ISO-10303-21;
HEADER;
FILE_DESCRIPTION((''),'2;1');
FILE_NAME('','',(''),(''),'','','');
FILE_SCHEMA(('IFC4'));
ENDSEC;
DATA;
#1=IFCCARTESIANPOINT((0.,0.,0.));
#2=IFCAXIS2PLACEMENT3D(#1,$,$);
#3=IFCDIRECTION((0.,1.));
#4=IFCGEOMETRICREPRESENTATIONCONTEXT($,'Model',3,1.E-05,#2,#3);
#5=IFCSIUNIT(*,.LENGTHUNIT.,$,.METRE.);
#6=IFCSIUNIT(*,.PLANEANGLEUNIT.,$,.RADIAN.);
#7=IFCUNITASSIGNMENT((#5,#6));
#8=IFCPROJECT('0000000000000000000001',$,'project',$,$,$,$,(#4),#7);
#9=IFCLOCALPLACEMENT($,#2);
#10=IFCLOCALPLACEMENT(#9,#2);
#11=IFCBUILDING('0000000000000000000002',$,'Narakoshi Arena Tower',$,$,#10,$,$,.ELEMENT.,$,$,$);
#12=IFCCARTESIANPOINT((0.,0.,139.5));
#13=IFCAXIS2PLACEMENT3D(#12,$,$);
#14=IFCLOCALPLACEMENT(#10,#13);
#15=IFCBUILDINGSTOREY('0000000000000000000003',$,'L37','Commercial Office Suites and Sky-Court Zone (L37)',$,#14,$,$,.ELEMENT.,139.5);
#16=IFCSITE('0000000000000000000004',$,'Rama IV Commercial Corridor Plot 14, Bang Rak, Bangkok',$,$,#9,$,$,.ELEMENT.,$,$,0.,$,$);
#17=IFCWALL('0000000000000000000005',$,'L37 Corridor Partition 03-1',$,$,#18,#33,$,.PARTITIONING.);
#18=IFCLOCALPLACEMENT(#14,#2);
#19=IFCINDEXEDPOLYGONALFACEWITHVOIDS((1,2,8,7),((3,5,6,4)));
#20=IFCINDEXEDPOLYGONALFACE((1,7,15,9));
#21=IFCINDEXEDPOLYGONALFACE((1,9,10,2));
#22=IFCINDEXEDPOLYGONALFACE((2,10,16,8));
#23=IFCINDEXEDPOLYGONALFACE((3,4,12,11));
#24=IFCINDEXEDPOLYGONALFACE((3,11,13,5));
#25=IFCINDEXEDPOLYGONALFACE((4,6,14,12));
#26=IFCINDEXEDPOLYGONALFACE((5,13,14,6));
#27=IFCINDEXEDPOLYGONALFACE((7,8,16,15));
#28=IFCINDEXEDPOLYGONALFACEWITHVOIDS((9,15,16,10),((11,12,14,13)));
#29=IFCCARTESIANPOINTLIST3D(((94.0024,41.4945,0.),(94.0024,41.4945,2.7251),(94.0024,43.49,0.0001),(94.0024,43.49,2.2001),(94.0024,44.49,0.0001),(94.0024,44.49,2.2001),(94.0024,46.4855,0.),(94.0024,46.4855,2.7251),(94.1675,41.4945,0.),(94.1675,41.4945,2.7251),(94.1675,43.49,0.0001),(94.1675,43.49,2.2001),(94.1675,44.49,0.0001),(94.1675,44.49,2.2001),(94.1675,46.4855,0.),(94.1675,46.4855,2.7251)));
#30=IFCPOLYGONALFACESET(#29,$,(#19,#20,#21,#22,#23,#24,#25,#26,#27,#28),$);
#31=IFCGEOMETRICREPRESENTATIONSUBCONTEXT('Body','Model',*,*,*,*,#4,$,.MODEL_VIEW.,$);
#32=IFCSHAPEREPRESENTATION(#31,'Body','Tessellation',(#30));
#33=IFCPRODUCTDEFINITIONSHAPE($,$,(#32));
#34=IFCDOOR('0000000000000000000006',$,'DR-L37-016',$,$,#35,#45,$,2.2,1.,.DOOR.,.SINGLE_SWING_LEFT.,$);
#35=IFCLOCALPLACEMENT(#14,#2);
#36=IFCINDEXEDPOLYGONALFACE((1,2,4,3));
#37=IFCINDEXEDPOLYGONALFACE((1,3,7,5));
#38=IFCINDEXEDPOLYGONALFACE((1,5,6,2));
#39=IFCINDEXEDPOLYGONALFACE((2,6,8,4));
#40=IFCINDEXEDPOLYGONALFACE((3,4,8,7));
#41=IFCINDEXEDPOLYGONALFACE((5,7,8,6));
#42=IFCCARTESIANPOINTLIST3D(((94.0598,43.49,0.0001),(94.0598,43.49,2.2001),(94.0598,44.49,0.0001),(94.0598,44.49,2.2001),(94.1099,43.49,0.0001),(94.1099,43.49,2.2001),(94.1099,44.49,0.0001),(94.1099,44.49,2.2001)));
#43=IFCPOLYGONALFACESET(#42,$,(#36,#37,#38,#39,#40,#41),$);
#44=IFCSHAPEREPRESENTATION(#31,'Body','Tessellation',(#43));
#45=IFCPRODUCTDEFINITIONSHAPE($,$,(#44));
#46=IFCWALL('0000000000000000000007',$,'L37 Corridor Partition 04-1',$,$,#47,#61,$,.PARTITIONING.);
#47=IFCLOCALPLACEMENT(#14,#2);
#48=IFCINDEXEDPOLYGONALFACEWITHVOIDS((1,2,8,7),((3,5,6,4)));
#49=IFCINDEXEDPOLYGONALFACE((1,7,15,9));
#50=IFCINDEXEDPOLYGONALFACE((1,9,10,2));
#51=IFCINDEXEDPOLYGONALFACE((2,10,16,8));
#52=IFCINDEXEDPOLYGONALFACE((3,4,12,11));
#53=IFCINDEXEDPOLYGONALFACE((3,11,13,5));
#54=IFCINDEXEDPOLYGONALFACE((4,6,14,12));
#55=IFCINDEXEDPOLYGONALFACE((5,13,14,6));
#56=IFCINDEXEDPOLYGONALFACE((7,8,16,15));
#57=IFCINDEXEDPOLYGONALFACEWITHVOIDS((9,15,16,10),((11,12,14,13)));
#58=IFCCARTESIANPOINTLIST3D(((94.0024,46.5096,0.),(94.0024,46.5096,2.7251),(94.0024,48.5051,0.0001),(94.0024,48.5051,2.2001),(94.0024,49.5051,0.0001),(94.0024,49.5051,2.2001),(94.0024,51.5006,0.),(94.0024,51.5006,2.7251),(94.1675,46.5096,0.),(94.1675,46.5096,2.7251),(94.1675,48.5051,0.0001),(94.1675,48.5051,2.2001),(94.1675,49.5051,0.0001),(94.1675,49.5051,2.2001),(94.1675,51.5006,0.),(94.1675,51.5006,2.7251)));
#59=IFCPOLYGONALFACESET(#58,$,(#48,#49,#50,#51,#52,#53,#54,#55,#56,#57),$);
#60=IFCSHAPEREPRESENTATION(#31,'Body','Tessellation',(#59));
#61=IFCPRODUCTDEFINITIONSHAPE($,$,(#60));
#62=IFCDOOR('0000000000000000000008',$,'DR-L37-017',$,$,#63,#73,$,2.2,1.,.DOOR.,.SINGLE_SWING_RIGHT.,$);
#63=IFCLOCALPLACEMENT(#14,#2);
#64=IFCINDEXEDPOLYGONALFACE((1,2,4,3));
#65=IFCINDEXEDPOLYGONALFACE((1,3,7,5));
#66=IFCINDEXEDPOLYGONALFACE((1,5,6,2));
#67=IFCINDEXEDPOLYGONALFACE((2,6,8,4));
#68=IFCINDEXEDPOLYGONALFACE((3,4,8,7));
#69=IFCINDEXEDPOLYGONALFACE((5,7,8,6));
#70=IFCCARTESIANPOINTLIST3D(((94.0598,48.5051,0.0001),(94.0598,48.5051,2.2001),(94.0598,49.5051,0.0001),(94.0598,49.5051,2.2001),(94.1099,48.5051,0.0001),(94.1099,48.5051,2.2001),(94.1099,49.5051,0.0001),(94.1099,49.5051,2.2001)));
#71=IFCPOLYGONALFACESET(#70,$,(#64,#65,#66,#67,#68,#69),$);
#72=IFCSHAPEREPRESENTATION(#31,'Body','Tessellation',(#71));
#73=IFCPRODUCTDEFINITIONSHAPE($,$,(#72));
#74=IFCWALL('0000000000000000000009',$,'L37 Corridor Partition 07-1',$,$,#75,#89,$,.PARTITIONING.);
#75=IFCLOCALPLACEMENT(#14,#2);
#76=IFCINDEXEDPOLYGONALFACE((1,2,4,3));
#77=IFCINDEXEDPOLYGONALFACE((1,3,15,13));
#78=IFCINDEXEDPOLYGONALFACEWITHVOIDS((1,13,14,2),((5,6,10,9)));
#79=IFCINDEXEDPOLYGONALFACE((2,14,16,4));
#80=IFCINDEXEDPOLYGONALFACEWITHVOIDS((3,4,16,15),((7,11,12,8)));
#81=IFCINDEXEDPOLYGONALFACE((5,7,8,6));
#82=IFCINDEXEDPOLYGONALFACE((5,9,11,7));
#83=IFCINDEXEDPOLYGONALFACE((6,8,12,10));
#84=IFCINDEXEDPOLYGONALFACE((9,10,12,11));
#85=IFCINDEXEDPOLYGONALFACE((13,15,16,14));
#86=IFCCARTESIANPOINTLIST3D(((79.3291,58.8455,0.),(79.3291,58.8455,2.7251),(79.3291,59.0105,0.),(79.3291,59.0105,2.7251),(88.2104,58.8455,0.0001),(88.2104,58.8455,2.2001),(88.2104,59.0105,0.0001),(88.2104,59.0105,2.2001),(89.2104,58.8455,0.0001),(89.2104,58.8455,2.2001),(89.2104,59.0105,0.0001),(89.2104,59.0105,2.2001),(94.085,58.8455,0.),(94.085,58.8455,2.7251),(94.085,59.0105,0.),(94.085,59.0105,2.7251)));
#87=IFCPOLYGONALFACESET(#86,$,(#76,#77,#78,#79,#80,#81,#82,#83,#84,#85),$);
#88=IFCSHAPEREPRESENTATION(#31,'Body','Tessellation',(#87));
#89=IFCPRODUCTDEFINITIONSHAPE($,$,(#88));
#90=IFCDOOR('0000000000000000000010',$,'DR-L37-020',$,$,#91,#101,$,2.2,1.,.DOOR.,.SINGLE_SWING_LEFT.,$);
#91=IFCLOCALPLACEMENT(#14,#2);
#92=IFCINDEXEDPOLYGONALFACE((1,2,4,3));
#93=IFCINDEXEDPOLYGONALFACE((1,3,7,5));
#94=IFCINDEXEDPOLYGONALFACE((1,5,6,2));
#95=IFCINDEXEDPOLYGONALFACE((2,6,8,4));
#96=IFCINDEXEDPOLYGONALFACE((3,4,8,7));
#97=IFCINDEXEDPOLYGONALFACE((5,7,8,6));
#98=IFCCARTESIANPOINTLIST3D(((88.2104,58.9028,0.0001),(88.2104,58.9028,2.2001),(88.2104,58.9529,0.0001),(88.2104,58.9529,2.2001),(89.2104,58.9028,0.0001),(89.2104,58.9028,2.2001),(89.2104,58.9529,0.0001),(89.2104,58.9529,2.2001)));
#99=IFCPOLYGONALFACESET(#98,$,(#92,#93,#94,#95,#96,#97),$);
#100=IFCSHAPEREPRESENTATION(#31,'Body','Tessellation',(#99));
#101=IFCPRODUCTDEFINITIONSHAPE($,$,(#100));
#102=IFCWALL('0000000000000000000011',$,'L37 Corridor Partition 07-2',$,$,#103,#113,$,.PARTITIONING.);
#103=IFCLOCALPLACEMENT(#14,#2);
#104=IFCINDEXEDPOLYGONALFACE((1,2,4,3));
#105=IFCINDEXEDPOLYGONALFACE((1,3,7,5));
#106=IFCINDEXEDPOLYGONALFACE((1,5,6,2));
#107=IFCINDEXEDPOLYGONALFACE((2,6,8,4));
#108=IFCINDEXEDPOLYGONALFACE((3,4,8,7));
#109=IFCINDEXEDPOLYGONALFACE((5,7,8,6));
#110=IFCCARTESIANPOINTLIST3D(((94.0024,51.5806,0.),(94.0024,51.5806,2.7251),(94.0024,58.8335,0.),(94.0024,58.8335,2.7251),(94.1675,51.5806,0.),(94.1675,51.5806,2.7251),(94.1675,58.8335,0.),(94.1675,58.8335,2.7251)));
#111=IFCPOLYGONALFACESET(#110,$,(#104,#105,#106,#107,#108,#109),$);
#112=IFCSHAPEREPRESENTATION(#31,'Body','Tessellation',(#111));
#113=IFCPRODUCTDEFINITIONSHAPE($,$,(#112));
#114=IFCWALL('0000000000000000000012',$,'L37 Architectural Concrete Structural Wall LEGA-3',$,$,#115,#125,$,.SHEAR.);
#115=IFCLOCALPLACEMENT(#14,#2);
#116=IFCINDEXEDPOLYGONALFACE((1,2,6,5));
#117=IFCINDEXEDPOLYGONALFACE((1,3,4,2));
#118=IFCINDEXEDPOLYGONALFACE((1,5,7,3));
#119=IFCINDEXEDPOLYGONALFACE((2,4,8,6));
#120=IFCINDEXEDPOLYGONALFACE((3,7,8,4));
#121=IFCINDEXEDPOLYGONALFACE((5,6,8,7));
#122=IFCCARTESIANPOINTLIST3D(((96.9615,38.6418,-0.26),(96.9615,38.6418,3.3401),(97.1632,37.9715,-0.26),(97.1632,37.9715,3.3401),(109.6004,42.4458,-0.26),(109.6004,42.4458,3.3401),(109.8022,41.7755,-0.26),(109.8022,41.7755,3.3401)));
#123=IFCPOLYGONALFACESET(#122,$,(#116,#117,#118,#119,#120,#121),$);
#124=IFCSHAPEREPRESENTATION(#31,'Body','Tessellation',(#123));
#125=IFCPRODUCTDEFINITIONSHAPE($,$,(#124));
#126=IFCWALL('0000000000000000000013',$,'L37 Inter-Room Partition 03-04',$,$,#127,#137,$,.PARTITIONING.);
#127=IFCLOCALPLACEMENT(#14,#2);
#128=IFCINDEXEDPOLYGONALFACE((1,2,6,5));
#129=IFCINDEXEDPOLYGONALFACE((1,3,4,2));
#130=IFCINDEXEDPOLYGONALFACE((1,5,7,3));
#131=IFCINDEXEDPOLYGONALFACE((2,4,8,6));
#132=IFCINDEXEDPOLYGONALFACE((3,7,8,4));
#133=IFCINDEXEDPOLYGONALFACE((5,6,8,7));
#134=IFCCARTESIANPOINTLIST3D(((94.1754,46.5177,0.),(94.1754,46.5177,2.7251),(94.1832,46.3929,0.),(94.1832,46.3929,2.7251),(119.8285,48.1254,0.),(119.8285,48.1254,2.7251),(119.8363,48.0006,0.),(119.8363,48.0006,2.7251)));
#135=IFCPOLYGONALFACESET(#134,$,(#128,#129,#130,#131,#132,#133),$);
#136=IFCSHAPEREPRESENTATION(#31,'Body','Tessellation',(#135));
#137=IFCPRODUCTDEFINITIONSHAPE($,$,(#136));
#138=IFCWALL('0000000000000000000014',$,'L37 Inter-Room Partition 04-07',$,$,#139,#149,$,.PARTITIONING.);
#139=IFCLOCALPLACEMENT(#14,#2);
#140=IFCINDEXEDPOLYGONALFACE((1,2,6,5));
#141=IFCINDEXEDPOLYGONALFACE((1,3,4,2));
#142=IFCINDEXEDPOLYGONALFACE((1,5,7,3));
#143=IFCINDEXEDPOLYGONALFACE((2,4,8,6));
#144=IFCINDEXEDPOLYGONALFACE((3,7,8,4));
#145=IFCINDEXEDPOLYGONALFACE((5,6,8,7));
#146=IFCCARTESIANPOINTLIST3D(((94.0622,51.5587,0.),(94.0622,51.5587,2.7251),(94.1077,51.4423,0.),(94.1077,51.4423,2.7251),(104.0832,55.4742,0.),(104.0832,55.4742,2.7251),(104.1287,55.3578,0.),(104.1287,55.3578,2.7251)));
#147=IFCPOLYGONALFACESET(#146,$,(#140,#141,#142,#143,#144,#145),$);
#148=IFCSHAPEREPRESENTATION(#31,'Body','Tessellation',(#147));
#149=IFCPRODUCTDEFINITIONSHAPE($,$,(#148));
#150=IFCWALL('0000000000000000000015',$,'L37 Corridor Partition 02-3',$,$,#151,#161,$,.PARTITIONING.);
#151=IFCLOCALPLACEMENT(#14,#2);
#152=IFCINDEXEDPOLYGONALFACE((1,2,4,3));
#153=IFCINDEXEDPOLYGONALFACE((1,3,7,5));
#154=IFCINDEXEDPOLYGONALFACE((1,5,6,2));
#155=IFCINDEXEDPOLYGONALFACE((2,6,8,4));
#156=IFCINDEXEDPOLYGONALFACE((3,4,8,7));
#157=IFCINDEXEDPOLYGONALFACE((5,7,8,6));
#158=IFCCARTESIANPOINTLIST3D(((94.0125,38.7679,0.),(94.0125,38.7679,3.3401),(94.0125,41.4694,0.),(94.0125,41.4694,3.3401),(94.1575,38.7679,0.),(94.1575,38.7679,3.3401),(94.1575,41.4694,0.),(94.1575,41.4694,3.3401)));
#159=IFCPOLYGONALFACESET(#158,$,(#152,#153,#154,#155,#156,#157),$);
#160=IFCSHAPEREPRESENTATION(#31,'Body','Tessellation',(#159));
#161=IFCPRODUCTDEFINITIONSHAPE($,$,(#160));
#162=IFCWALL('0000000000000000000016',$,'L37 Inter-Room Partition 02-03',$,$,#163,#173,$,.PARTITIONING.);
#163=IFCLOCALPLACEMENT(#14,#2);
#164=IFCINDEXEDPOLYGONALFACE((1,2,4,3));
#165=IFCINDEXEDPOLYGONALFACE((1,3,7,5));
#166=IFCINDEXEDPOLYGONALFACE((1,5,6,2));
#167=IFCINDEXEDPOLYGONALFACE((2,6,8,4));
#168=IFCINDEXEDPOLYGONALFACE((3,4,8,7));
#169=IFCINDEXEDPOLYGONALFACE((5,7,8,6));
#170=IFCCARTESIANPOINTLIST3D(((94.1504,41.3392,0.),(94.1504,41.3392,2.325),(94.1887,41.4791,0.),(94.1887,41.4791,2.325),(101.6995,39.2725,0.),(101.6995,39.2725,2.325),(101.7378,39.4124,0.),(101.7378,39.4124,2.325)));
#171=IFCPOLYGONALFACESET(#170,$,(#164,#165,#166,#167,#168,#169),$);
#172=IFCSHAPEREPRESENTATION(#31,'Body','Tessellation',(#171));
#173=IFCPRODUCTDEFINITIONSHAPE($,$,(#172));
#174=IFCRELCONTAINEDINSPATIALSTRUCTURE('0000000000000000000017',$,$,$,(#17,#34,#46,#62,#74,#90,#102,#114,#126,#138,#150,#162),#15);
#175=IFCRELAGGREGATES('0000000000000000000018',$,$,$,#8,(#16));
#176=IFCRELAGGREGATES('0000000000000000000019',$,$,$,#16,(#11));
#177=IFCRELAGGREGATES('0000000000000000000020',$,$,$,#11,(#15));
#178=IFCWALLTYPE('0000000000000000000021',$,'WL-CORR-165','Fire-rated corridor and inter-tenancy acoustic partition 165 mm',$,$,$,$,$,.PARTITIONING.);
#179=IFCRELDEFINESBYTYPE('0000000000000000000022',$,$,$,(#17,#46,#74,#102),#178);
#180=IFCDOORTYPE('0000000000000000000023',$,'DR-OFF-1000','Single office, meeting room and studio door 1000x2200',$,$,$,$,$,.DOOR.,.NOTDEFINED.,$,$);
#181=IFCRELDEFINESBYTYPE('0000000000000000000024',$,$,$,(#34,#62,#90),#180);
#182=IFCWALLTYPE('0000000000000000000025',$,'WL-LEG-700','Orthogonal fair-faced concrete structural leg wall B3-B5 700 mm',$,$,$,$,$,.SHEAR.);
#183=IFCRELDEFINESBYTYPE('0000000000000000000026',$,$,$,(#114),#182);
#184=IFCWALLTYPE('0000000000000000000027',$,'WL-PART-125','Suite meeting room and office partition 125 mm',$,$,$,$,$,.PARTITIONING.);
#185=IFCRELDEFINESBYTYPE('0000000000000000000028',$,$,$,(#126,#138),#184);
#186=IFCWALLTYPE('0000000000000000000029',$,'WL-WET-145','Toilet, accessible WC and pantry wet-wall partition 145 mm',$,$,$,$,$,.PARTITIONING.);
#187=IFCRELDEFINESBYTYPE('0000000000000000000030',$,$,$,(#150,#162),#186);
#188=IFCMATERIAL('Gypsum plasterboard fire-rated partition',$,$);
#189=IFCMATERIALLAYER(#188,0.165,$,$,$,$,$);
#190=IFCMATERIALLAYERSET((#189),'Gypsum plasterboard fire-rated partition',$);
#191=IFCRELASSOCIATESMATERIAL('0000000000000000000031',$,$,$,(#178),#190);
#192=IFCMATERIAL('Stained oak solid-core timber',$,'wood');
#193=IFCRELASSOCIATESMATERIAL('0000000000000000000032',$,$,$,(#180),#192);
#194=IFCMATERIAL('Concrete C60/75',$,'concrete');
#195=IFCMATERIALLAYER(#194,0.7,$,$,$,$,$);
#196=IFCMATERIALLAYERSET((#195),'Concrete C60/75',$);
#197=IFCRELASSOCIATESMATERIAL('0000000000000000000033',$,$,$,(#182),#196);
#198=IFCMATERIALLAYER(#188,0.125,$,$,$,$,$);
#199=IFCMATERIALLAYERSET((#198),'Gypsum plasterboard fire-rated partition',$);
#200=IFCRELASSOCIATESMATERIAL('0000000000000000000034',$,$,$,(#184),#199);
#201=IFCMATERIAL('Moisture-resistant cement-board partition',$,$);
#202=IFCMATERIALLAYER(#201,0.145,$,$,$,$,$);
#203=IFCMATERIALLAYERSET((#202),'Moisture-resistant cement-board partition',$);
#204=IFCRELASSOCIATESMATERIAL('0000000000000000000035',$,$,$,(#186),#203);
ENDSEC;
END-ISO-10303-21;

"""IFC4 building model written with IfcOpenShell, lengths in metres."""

from ifc_helpers import new_model, si_unit, direction, frame, frame_2d, origin, place, context, subcontext, project, spatial, rectangle, extrude, material, layer, layer_set, type_object, element, fill, save


model = new_model("IFC4")

# Units and contexts
model_context = context("Model", 3, precision=1e-05, world=origin(), true_north=direction((0.0, 1.0)))
body_context = subcontext(model_context, "Body", "Model", "MODEL_VIEW")
ifc_project = project(units=[si_unit("LENGTHUNIT", "METRE"), si_unit("PLANEANGLEUNIT", "RADIAN")], contexts=[model_context])

# Site, building, storey
site_placement = place(None, origin())
site = spatial("IfcSite", under=ifc_project, at=site_placement, Name="Rama IV Commercial Corridor Plot 14, Bang Rak, Bangkok", CompositionType="ELEMENT", RefElevation=0.0)
building_placement = place(site_placement, origin())
building = spatial("IfcBuilding", under=site, at=building_placement, Name="Narakoshi Arena Tower", CompositionType="ELEMENT")
storey_placement = place(building_placement, frame((0.0, 0.0, 139.5)))
storey = spatial("IfcBuildingStorey", under=building, at=storey_placement, Name="L37", Description="Commercial Office Suites and Sky-Court Zone (L37)", CompositionType="ELEMENT", Elevation=139.5)

# Shared definitions
ifc_material_1 = material(Name="Concrete C60/75", Category="concrete")

# Walls, openings, doors
ifc_material_2 = material(Name="Gypsum plasterboard fire-rated partition")
ifc_layer_1 = layer(ifc_material_2, 0.165)
ifc_layer_set_1 = layer_set([ifc_layer_1], Name="Gypsum plasterboard fire-rated partition")
wall_type_1 = type_object("IfcWallType", Name="WL-CORR-165", Description="Fire-rated corridor and inter-tenancy acoustic partition 165 mm", PredefinedType="PARTITIONING", material=ifc_layer_set_1)
wall_1_placement = place(storey_placement, frame((94.085, 41.4944, 0.0), z_axis=(0.0, 0.0, 1.0), x_axis=(0.0, 1.0, 0.0)))
wall_1 = element("IfcWall", 1, at=wall_1_placement, inside=storey, type_object=wall_type_1, Name="L37 Corridor Partition 03-1", PredefinedType="PARTITIONING", context=body_context, shape_type="SweptSolid", body=[
    extrude(rectangle(XDim=4.991, YDim=0.165, at=frame_2d((2.4956, 0.0))), origin(), (0.0, 0.0, 1.0), 2.7251),
])
opening_1_placement = place(wall_1_placement, frame((1.9956, 0.0, 0.0)))
opening_1 = element("IfcOpeningElement", 2, at=opening_1_placement, cuts=wall_1, PredefinedType="OPENING", context=body_context, shape_type="SweptSolid", body=[
    extrude(rectangle(XDim=1.0, YDim=2.2, at=frame_2d((0.5, 1.1001))), frame((0.0, 0.0925, 0.0), z_axis=(0.0, -1.0, 0.0), x_axis=(1.0, 0.0, 0.0)), (0.0, 0.0, 1.0), 0.1851),
])
ifc_material_3 = material(Name="Stained oak solid-core timber", Category="wood")
door_type = type_object("IfcDoorType", Name="DR-OFF-1000", Description="Single office, meeting room and studio door 1000x2200", OperationType="NOTDEFINED", PredefinedType="DOOR", material=ifc_material_3)
door_1_placement = place(opening_1_placement, frame((1.0, 0.0, 0.0), z_axis=(0.0, 0.0, 1.0), x_axis=(-1.0, 0.0, 0.0)))
door_1 = element("IfcDoor", 3, at=door_1_placement, inside=storey, type_object=door_type, Name="DR-L37-016", OperationType="SINGLE_SWING_LEFT", OverallHeight=2.2, OverallWidth=1.0, PredefinedType="DOOR", context=body_context, shape_type="SweptSolid", body=[
    extrude(rectangle(XDim=1.0, YDim=2.2, at=frame_2d((0.5, 1.1001))), frame((0.0, 0.0249, 0.0), z_axis=(0.0, -1.0, 0.0), x_axis=(1.0, 0.0, 0.0)), (0.0, 0.0, 1.0), 0.05),
])
fill(opening_1, door_1)
wall_2_placement = place(storey_placement, frame((94.085, 46.5095, 0.0), z_axis=(0.0, 0.0, 1.0), x_axis=(0.0, 1.0, 0.0)))
wall_2 = element("IfcWall", 4, at=wall_2_placement, inside=storey, type_object=wall_type_1, Name="L37 Corridor Partition 04-1", PredefinedType="PARTITIONING", context=body_context, shape_type="SweptSolid", body=[
    extrude(rectangle(XDim=4.991, YDim=0.165, at=frame_2d((2.4956, 0.0))), origin(), (0.0, 0.0, 1.0), 2.7251),
])
opening_2_placement = place(wall_2_placement, frame((1.9956, 0.0, 0.0)))
opening_2 = element("IfcOpeningElement", 5, at=opening_2_placement, cuts=wall_2, PredefinedType="OPENING", context=body_context, shape_type="SweptSolid", body=[
    extrude(rectangle(XDim=1.0, YDim=2.2, at=frame_2d((0.5, 1.1001))), frame((0.0, 0.0925, 0.0), z_axis=(0.0, -1.0, 0.0), x_axis=(1.0, 0.0, 0.0)), (0.0, 0.0, 1.0), 0.1851),
])
door_2_placement = place(opening_2_placement, frame((1.0, 0.0, 0.0), z_axis=(0.0, 0.0, 1.0), x_axis=(-1.0, 0.0, 0.0)))
door_2 = element("IfcDoor", 6, at=door_2_placement, inside=storey, type_object=door_type, Name="DR-L37-017", OperationType="SINGLE_SWING_RIGHT", OverallHeight=2.2, OverallWidth=1.0, PredefinedType="DOOR", context=body_context, shape_type="SweptSolid", body=[
    extrude(rectangle(XDim=1.0, YDim=2.2, at=frame_2d((0.5, 1.1001))), frame((0.0, 0.0249, 0.0), z_axis=(0.0, -1.0, 0.0), x_axis=(1.0, 0.0, 0.0)), (0.0, 0.0, 1.0), 0.05),
])
fill(opening_2, door_2)
wall_3_placement = place(storey_placement, frame((94.085, 58.928, 0.0), z_axis=(0.0, 0.0, 1.0), x_axis=(-1.0, 0.0, 0.0)))
wall_3 = element("IfcWall", 7, at=wall_3_placement, inside=storey, type_object=wall_type_1, Name="L37 Corridor Partition 07-1", PredefinedType="PARTITIONING", context=body_context, shape_type="SweptSolid", body=[
    extrude(rectangle(XDim=14.7559, YDim=0.165, at=frame_2d((7.3779, 0.0))), origin(), (0.0, 0.0, 1.0), 2.7251),
])
opening_3_placement = place(wall_3_placement, frame((4.8745, 0.0, 0.0)))
opening_3 = element("IfcOpeningElement", 8, at=opening_3_placement, cuts=wall_3, PredefinedType="OPENING", context=body_context, shape_type="SweptSolid", body=[
    extrude(rectangle(XDim=1.0, YDim=2.2, at=frame_2d((0.5, 1.1001))), frame((0.0, 0.0925, 0.0), z_axis=(0.0, -1.0, 0.0), x_axis=(1.0, 0.0, 0.0)), (0.0, 0.0, 1.0), 0.1851),
])
door_3_placement = place(opening_3_placement, frame((1.0, 0.0, 0.0), z_axis=(0.0, 0.0, 1.0), x_axis=(-1.0, 0.0, 0.0)))
door_3 = element("IfcDoor", 9, at=door_3_placement, inside=storey, type_object=door_type, Name="DR-L37-020", OperationType="SINGLE_SWING_LEFT", OverallHeight=2.2, OverallWidth=1.0, PredefinedType="DOOR", context=body_context, shape_type="SweptSolid", body=[
    extrude(rectangle(XDim=1.0, YDim=2.2, at=frame_2d((0.5, 1.1001))), frame((0.0, 0.0249, 0.0), z_axis=(0.0, -1.0, 0.0), x_axis=(1.0, 0.0, 0.0)), (0.0, 0.0, 1.0), 0.05),
])
fill(opening_3, door_3)

# Walls
wall_4_placement = place(storey_placement, frame((94.085, 51.5806, 0.0), z_axis=(0.0, 0.0, 1.0), x_axis=(0.0, 1.0, 0.0)))
element("IfcWall", 10, at=wall_4_placement, inside=storey, type_object=wall_type_1, Name="L37 Corridor Partition 07-2", PredefinedType="PARTITIONING", context=body_context, shape_type="SweptSolid", body=[
    extrude(rectangle(XDim=7.2529, YDim=0.165, at=frame_2d((3.6265, 0.0))), origin(), (0.0, 0.0, 1.0), 2.7251),
])
ifc_layer_2 = layer(ifc_material_1, 0.7)
ifc_layer_set_2 = layer_set([ifc_layer_2], Name="Concrete C60/75")
wall_type_2 = type_object("IfcWallType", Name="WL-LEG-700", Description="Orthogonal fair-faced concrete structural leg wall B3-B5 700 mm", PredefinedType="SHEAR", material=ifc_layer_set_2)
wall_5_placement = place(storey_placement, frame((97.0623, 38.3066, -0.26), z_axis=(0.0, 0.0, 1.0), x_axis=(0.95757, 0.288201, 0.0)))
element("IfcWall", 11, at=wall_5_placement, inside=storey, type_object=wall_type_2, Name="L37 Architectural Concrete Structural Wall LEGA-3", PredefinedType="SHEAR", context=body_context, shape_type="SweptSolid", body=[
    extrude(rectangle(XDim=13.199, YDim=0.7, at=frame_2d((6.5996, 0.0))), origin(), (0.0, 0.0, 1.0), 3.6001),
])
ifc_layer_3 = layer(ifc_material_2, 0.125)
ifc_layer_set_3 = layer_set([ifc_layer_3], Name="Gypsum plasterboard fire-rated partition")
wall_type_3 = type_object("IfcWallType", Name="WL-PART-125", Description="Suite meeting room and office partition 125 mm", PredefinedType="PARTITIONING", material=ifc_layer_set_3)
wall_6_placement = place(storey_placement, frame((94.1794, 46.4553, 0.0), z_axis=(0.0, 0.0, 1.0), x_axis=(0.998042, 0.062547, 0.0)))
element("IfcWall", 12, at=wall_6_placement, inside=storey, type_object=wall_type_3, Name="L37 Inter-Room Partition 03-04", PredefinedType="PARTITIONING", context=body_context, shape_type="SweptSolid", body=[
    extrude(rectangle(XDim=25.7034, YDim=0.125, at=frame_2d((12.8516, 0.0))), origin(), (0.0, 0.0, 1.0), 2.7251),
])
wall_7_placement = place(storey_placement, frame((94.085, 51.5005, 0.0), z_axis=(0.0, 0.0, 1.0), x_axis=(0.931423, 0.363937, 0.0)))
element("IfcWall", 13, at=wall_7_placement, inside=storey, type_object=wall_type_3, Name="L37 Inter-Room Partition 04-07", PredefinedType="PARTITIONING", context=body_context, shape_type="SweptSolid", body=[
    extrude(rectangle(XDim=10.7588, YDim=0.125, at=frame_2d((5.3794, 0.0))), origin(), (0.0, 0.0, 1.0), 2.7251),
])
ifc_material_4 = material(Name="Moisture-resistant cement-board partition")
ifc_layer_4 = layer(ifc_material_4, 0.145)
ifc_layer_set_4 = layer_set([ifc_layer_4], Name="Moisture-resistant cement-board partition")
wall_type_4 = type_object("IfcWallType", Name="WL-WET-145", Description="Toilet, accessible WC and pantry wet-wall partition 145 mm", PredefinedType="PARTITIONING", material=ifc_layer_set_4)
wall_8_placement = place(storey_placement, frame((94.085, 38.7681, 0.0), z_axis=(0.0, 0.0, 1.0), x_axis=(0.0, 1.0, 0.0)))
element("IfcWall", 14, at=wall_8_placement, inside=storey, type_object=wall_type_4, Name="L37 Corridor Partition 02-3", PredefinedType="PARTITIONING", context=body_context, shape_type="SweptSolid", body=[
    extrude(rectangle(XDim=2.7014, YDim=0.145, at=frame_2d((1.3506, 0.0))), origin(), (0.0, 0.0, 1.0), 3.3401),
])
wall_9_placement = place(storey_placement, frame((94.1694, 41.4092, 0.0), z_axis=(0.0, 0.0, 1.0), x_axis=(0.96451, -0.264046, 0.0)))
element("IfcWall", 15, at=wall_9_placement, inside=storey, type_object=wall_type_4, Name="L37 Inter-Room Partition 02-03", PredefinedType="PARTITIONING", context=body_context, shape_type="SweptSolid", body=[
    extrude(rectangle(XDim=7.8269, YDim=0.145, at=frame_2d((3.9136, 0.0))), origin(), (0.0, 0.0, 1.0), 2.325),
])

save(model, "model.ifc")
